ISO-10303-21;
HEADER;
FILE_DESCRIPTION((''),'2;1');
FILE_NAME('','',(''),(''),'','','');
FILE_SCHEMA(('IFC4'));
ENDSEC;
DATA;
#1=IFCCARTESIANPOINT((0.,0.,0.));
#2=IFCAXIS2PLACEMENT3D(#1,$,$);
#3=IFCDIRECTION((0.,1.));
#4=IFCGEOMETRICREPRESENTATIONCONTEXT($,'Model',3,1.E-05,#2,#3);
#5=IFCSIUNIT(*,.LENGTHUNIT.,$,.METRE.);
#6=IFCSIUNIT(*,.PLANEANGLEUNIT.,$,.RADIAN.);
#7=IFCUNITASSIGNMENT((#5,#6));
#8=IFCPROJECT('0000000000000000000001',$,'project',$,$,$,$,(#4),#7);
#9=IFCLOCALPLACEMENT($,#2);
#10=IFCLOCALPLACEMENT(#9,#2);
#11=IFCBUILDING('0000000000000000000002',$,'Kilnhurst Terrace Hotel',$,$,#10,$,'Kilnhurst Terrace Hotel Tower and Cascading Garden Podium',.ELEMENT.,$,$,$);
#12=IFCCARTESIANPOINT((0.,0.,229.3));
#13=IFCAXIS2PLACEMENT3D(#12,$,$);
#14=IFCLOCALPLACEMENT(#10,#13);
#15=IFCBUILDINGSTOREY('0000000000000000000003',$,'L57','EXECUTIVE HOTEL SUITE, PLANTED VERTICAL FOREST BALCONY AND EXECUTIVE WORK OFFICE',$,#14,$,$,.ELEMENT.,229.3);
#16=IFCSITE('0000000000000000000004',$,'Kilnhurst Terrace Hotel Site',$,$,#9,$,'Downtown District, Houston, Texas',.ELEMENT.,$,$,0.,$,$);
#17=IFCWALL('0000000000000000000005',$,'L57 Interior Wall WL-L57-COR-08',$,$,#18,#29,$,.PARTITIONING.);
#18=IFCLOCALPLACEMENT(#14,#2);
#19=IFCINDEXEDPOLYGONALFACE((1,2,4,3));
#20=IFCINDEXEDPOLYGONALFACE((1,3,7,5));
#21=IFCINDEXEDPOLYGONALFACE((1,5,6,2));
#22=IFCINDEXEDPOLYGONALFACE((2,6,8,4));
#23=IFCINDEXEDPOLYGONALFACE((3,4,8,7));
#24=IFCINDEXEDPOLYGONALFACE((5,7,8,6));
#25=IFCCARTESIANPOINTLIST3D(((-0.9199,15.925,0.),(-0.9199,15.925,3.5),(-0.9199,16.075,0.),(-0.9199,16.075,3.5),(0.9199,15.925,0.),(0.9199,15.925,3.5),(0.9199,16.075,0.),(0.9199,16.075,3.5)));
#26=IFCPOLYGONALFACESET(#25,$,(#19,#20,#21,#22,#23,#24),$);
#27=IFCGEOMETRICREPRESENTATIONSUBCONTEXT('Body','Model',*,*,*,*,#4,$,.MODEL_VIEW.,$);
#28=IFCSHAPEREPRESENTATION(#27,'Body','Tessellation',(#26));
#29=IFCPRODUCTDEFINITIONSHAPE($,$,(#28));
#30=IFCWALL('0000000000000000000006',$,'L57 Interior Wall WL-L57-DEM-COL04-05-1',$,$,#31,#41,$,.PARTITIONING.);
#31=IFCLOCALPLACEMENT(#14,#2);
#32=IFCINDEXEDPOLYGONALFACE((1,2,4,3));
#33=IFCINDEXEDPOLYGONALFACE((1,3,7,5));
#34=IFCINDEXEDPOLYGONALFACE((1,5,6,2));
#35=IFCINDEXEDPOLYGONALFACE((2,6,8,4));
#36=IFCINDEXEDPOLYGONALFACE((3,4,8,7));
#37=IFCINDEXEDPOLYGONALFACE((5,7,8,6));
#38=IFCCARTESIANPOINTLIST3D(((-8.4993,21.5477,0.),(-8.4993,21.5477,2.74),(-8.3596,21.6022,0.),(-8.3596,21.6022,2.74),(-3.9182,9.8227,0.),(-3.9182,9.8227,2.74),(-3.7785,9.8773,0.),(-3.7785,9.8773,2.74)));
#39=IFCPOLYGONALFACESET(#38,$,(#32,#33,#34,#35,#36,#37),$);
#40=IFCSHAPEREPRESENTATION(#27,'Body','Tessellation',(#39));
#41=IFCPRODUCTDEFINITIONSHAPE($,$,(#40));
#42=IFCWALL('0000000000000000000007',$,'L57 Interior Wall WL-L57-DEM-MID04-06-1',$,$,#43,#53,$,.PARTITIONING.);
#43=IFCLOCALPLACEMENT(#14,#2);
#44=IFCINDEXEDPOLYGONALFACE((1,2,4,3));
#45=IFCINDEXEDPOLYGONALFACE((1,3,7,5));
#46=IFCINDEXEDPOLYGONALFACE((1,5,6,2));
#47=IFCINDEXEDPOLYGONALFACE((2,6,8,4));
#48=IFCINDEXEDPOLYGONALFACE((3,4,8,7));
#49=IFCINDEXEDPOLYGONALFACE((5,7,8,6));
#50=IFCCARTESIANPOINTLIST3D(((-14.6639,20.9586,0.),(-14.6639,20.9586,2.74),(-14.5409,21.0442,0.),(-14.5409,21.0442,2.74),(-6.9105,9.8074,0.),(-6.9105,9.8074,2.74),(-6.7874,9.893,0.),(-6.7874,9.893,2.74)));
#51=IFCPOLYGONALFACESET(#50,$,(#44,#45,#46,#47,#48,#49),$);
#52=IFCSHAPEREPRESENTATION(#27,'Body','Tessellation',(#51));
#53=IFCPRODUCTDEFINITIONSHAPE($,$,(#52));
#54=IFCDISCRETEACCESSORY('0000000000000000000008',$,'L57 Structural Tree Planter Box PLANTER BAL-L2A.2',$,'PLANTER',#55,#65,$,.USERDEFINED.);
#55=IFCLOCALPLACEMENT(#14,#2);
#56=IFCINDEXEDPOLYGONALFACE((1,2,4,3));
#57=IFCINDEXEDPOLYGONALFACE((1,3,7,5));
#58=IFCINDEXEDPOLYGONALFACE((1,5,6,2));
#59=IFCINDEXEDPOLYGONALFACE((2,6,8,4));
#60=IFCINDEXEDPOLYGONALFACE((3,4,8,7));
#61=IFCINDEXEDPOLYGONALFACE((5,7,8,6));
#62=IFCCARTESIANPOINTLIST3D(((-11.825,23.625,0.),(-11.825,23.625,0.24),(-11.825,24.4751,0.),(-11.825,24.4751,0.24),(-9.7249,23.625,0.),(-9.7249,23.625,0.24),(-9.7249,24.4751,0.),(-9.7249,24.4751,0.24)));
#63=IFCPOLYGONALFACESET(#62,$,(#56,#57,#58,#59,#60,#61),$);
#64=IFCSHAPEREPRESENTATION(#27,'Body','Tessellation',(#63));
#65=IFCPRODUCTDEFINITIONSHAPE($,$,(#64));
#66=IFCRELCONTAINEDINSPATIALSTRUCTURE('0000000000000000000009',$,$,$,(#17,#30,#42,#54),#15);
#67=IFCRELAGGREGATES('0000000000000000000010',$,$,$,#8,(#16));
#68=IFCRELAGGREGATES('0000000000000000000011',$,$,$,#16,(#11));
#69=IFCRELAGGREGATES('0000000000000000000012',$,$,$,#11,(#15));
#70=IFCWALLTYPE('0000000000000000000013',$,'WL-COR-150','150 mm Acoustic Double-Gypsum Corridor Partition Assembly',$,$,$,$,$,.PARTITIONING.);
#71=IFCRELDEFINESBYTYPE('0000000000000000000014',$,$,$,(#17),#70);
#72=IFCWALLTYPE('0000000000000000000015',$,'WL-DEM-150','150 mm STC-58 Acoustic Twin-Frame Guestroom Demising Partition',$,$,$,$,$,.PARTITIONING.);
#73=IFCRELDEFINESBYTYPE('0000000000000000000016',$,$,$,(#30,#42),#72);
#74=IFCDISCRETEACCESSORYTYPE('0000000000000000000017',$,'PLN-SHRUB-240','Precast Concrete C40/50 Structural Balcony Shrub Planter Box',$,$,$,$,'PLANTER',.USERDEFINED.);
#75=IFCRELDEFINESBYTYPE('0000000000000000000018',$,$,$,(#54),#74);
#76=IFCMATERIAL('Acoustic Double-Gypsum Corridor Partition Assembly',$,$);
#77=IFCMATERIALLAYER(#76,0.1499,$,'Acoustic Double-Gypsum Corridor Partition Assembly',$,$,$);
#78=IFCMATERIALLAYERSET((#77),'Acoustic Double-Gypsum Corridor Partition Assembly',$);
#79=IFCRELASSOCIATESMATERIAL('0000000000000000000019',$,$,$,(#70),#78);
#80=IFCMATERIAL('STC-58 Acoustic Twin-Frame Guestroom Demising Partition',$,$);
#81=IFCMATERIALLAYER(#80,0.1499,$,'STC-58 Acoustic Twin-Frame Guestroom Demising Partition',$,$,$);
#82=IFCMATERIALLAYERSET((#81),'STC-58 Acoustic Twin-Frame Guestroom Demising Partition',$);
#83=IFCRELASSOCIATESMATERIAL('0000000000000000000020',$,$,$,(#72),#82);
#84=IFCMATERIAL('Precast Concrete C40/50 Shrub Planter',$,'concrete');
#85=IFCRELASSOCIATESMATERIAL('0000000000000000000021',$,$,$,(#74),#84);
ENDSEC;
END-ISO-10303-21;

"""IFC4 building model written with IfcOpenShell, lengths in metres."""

from ifc_helpers import new_model, si_unit, direction, frame, frame_2d, origin, origin_2d, place, context, subcontext, project, spatial, rectangle, extrude, material, layer, layer_set, type_object, element, save


model = new_model("IFC4")

# Units and contexts
model_context = context("Model", 3, precision=1e-05, world=origin(), true_north=direction((0.0, 1.0)))
body_context = subcontext(model_context, "Body", "Model", "MODEL_VIEW")
ifc_project = project(units=[si_unit("LENGTHUNIT", "METRE"), si_unit("PLANEANGLEUNIT", "RADIAN")], contexts=[model_context])

# Site, building, storey
site_placement = place(None, origin())
site = spatial("IfcSite", under=ifc_project, at=site_placement, Name="Kilnhurst Terrace Hotel Site", LongName="Downtown District, Houston, Texas", CompositionType="ELEMENT", RefElevation=0.0)
building_placement = place(site_placement, origin())
building = spatial("IfcBuilding", under=site, at=building_placement, Name="Kilnhurst Terrace Hotel", LongName="Kilnhurst Terrace Hotel Tower and Cascading Garden Podium", CompositionType="ELEMENT")
storey_placement = place(building_placement, frame((0.0, 0.0, 229.3)))
storey = spatial("IfcBuildingStorey", under=building, at=storey_placement, Name="L57", Description="EXECUTIVE HOTEL SUITE, PLANTED VERTICAL FOREST BALCONY AND EXECUTIVE WORK OFFICE", CompositionType="ELEMENT", Elevation=229.3)

# Walls
ifc_material_1 = material(Name="Acoustic Double-Gypsum Corridor Partition Assembly")
ifc_layer_1 = layer(ifc_material_1, 0.1499, Name="Acoustic Double-Gypsum Corridor Partition Assembly")
ifc_layer_set_1 = layer_set([ifc_layer_1], Name="Acoustic Double-Gypsum Corridor Partition Assembly")
wall_type_1 = type_object("IfcWallType", Name="WL-COR-150", Description="150 mm Acoustic Double-Gypsum Corridor Partition Assembly", PredefinedType="PARTITIONING", material=ifc_layer_set_1)
wall_1_placement = place(storey_placement, frame((-0.9199, 16.0, 0.0), z_axis=(0.0, 0.0, 1.0), x_axis=(1.0, 0.0, 0.0)))
element("IfcWall", 1, at=wall_1_placement, inside=storey, type_object=wall_type_1, Name="L57 Interior Wall WL-L57-COR-08", PredefinedType="PARTITIONING", context=body_context, shape_type="SweptSolid", body=[
    extrude(rectangle(XDim=1.8398, YDim=0.1499, at=frame_2d((0.9199, 0.0))), origin(), (0.0, 0.0, 1.0), 3.5),
])
ifc_material_2 = material(Name="STC-58 Acoustic Twin-Frame Guestroom Demising Partition")
ifc_layer_2 = layer(ifc_material_2, 0.1499, Name="STC-58 Acoustic Twin-Frame Guestroom Demising Partition")
ifc_layer_set_2 = layer_set([ifc_layer_2], Name="STC-58 Acoustic Twin-Frame Guestroom Demising Partition")
wall_type_2 = type_object("IfcWallType", Name="WL-DEM-150", Description="150 mm STC-58 Acoustic Twin-Frame Guestroom Demising Partition", PredefinedType="PARTITIONING", material=ifc_layer_set_2)
wall_2_placement = place(storey_placement, frame((-3.8484, 9.8501, 0.0), z_axis=(0.0, 0.0, 1.0), x_axis=(-0.363922, 0.93143, 0.0)))
element("IfcWall", 2, at=wall_2_placement, inside=storey, type_object=wall_type_2, Name="L57 Interior Wall WL-L57-DEM-COL04-05-1", PredefinedType="PARTITIONING", context=body_context, shape_type="SweptSolid", body=[
    extrude(rectangle(XDim=12.5881, YDim=0.1499, at=frame_2d((6.2939, 0.0))), origin(), (0.0, 0.0, 1.0), 2.74),
])
wall_3_placement = place(storey_placement, frame((-6.8489, 9.8501, 0.0), z_axis=(0.0, 0.0, 1.0), x_axis=(-0.570872, 0.821039, 0.0)))
element("IfcWall", 3, at=wall_3_placement, inside=storey, type_object=wall_type_2, Name="L57 Interior Wall WL-L57-DEM-MID04-06-1", PredefinedType="PARTITIONING", context=body_context, shape_type="SweptSolid", body=[
    extrude(rectangle(XDim=13.5818, YDim=0.1499, at=frame_2d((6.791, 0.0))), origin(), (0.0, 0.0, 1.0), 2.74),
])

# Discrete accessory
ifc_material_3 = material(Name="Precast Concrete C40/50 Shrub Planter", Category="concrete")
discrete_accessory_type = type_object("IfcDiscreteAccessoryType", Name="PLN-SHRUB-240", Description="Precast Concrete C40/50 Structural Balcony Shrub Planter Box", ElementType="PLANTER", PredefinedType="USERDEFINED", material=ifc_material_3)
discrete_accessory_placement = place(storey_placement, frame((-10.7749, 24.05, 0.0), z_axis=(0.0, 0.0, 1.0), x_axis=(-1.0, 0.0, 0.0)))
element("IfcDiscreteAccessory", 4, at=discrete_accessory_placement, inside=storey, type_object=discrete_accessory_type, Name="L57 Structural Tree Planter Box PLANTER BAL-L2A.2", ObjectType="PLANTER", PredefinedType="USERDEFINED", context=body_context, shape_type="SweptSolid", body=[
    extrude(rectangle(XDim=2.1001, YDim=0.8501, at=origin_2d()), origin(), (0.0, 0.0, 1.0), 0.24),
])

save(model, "model.ifc")
